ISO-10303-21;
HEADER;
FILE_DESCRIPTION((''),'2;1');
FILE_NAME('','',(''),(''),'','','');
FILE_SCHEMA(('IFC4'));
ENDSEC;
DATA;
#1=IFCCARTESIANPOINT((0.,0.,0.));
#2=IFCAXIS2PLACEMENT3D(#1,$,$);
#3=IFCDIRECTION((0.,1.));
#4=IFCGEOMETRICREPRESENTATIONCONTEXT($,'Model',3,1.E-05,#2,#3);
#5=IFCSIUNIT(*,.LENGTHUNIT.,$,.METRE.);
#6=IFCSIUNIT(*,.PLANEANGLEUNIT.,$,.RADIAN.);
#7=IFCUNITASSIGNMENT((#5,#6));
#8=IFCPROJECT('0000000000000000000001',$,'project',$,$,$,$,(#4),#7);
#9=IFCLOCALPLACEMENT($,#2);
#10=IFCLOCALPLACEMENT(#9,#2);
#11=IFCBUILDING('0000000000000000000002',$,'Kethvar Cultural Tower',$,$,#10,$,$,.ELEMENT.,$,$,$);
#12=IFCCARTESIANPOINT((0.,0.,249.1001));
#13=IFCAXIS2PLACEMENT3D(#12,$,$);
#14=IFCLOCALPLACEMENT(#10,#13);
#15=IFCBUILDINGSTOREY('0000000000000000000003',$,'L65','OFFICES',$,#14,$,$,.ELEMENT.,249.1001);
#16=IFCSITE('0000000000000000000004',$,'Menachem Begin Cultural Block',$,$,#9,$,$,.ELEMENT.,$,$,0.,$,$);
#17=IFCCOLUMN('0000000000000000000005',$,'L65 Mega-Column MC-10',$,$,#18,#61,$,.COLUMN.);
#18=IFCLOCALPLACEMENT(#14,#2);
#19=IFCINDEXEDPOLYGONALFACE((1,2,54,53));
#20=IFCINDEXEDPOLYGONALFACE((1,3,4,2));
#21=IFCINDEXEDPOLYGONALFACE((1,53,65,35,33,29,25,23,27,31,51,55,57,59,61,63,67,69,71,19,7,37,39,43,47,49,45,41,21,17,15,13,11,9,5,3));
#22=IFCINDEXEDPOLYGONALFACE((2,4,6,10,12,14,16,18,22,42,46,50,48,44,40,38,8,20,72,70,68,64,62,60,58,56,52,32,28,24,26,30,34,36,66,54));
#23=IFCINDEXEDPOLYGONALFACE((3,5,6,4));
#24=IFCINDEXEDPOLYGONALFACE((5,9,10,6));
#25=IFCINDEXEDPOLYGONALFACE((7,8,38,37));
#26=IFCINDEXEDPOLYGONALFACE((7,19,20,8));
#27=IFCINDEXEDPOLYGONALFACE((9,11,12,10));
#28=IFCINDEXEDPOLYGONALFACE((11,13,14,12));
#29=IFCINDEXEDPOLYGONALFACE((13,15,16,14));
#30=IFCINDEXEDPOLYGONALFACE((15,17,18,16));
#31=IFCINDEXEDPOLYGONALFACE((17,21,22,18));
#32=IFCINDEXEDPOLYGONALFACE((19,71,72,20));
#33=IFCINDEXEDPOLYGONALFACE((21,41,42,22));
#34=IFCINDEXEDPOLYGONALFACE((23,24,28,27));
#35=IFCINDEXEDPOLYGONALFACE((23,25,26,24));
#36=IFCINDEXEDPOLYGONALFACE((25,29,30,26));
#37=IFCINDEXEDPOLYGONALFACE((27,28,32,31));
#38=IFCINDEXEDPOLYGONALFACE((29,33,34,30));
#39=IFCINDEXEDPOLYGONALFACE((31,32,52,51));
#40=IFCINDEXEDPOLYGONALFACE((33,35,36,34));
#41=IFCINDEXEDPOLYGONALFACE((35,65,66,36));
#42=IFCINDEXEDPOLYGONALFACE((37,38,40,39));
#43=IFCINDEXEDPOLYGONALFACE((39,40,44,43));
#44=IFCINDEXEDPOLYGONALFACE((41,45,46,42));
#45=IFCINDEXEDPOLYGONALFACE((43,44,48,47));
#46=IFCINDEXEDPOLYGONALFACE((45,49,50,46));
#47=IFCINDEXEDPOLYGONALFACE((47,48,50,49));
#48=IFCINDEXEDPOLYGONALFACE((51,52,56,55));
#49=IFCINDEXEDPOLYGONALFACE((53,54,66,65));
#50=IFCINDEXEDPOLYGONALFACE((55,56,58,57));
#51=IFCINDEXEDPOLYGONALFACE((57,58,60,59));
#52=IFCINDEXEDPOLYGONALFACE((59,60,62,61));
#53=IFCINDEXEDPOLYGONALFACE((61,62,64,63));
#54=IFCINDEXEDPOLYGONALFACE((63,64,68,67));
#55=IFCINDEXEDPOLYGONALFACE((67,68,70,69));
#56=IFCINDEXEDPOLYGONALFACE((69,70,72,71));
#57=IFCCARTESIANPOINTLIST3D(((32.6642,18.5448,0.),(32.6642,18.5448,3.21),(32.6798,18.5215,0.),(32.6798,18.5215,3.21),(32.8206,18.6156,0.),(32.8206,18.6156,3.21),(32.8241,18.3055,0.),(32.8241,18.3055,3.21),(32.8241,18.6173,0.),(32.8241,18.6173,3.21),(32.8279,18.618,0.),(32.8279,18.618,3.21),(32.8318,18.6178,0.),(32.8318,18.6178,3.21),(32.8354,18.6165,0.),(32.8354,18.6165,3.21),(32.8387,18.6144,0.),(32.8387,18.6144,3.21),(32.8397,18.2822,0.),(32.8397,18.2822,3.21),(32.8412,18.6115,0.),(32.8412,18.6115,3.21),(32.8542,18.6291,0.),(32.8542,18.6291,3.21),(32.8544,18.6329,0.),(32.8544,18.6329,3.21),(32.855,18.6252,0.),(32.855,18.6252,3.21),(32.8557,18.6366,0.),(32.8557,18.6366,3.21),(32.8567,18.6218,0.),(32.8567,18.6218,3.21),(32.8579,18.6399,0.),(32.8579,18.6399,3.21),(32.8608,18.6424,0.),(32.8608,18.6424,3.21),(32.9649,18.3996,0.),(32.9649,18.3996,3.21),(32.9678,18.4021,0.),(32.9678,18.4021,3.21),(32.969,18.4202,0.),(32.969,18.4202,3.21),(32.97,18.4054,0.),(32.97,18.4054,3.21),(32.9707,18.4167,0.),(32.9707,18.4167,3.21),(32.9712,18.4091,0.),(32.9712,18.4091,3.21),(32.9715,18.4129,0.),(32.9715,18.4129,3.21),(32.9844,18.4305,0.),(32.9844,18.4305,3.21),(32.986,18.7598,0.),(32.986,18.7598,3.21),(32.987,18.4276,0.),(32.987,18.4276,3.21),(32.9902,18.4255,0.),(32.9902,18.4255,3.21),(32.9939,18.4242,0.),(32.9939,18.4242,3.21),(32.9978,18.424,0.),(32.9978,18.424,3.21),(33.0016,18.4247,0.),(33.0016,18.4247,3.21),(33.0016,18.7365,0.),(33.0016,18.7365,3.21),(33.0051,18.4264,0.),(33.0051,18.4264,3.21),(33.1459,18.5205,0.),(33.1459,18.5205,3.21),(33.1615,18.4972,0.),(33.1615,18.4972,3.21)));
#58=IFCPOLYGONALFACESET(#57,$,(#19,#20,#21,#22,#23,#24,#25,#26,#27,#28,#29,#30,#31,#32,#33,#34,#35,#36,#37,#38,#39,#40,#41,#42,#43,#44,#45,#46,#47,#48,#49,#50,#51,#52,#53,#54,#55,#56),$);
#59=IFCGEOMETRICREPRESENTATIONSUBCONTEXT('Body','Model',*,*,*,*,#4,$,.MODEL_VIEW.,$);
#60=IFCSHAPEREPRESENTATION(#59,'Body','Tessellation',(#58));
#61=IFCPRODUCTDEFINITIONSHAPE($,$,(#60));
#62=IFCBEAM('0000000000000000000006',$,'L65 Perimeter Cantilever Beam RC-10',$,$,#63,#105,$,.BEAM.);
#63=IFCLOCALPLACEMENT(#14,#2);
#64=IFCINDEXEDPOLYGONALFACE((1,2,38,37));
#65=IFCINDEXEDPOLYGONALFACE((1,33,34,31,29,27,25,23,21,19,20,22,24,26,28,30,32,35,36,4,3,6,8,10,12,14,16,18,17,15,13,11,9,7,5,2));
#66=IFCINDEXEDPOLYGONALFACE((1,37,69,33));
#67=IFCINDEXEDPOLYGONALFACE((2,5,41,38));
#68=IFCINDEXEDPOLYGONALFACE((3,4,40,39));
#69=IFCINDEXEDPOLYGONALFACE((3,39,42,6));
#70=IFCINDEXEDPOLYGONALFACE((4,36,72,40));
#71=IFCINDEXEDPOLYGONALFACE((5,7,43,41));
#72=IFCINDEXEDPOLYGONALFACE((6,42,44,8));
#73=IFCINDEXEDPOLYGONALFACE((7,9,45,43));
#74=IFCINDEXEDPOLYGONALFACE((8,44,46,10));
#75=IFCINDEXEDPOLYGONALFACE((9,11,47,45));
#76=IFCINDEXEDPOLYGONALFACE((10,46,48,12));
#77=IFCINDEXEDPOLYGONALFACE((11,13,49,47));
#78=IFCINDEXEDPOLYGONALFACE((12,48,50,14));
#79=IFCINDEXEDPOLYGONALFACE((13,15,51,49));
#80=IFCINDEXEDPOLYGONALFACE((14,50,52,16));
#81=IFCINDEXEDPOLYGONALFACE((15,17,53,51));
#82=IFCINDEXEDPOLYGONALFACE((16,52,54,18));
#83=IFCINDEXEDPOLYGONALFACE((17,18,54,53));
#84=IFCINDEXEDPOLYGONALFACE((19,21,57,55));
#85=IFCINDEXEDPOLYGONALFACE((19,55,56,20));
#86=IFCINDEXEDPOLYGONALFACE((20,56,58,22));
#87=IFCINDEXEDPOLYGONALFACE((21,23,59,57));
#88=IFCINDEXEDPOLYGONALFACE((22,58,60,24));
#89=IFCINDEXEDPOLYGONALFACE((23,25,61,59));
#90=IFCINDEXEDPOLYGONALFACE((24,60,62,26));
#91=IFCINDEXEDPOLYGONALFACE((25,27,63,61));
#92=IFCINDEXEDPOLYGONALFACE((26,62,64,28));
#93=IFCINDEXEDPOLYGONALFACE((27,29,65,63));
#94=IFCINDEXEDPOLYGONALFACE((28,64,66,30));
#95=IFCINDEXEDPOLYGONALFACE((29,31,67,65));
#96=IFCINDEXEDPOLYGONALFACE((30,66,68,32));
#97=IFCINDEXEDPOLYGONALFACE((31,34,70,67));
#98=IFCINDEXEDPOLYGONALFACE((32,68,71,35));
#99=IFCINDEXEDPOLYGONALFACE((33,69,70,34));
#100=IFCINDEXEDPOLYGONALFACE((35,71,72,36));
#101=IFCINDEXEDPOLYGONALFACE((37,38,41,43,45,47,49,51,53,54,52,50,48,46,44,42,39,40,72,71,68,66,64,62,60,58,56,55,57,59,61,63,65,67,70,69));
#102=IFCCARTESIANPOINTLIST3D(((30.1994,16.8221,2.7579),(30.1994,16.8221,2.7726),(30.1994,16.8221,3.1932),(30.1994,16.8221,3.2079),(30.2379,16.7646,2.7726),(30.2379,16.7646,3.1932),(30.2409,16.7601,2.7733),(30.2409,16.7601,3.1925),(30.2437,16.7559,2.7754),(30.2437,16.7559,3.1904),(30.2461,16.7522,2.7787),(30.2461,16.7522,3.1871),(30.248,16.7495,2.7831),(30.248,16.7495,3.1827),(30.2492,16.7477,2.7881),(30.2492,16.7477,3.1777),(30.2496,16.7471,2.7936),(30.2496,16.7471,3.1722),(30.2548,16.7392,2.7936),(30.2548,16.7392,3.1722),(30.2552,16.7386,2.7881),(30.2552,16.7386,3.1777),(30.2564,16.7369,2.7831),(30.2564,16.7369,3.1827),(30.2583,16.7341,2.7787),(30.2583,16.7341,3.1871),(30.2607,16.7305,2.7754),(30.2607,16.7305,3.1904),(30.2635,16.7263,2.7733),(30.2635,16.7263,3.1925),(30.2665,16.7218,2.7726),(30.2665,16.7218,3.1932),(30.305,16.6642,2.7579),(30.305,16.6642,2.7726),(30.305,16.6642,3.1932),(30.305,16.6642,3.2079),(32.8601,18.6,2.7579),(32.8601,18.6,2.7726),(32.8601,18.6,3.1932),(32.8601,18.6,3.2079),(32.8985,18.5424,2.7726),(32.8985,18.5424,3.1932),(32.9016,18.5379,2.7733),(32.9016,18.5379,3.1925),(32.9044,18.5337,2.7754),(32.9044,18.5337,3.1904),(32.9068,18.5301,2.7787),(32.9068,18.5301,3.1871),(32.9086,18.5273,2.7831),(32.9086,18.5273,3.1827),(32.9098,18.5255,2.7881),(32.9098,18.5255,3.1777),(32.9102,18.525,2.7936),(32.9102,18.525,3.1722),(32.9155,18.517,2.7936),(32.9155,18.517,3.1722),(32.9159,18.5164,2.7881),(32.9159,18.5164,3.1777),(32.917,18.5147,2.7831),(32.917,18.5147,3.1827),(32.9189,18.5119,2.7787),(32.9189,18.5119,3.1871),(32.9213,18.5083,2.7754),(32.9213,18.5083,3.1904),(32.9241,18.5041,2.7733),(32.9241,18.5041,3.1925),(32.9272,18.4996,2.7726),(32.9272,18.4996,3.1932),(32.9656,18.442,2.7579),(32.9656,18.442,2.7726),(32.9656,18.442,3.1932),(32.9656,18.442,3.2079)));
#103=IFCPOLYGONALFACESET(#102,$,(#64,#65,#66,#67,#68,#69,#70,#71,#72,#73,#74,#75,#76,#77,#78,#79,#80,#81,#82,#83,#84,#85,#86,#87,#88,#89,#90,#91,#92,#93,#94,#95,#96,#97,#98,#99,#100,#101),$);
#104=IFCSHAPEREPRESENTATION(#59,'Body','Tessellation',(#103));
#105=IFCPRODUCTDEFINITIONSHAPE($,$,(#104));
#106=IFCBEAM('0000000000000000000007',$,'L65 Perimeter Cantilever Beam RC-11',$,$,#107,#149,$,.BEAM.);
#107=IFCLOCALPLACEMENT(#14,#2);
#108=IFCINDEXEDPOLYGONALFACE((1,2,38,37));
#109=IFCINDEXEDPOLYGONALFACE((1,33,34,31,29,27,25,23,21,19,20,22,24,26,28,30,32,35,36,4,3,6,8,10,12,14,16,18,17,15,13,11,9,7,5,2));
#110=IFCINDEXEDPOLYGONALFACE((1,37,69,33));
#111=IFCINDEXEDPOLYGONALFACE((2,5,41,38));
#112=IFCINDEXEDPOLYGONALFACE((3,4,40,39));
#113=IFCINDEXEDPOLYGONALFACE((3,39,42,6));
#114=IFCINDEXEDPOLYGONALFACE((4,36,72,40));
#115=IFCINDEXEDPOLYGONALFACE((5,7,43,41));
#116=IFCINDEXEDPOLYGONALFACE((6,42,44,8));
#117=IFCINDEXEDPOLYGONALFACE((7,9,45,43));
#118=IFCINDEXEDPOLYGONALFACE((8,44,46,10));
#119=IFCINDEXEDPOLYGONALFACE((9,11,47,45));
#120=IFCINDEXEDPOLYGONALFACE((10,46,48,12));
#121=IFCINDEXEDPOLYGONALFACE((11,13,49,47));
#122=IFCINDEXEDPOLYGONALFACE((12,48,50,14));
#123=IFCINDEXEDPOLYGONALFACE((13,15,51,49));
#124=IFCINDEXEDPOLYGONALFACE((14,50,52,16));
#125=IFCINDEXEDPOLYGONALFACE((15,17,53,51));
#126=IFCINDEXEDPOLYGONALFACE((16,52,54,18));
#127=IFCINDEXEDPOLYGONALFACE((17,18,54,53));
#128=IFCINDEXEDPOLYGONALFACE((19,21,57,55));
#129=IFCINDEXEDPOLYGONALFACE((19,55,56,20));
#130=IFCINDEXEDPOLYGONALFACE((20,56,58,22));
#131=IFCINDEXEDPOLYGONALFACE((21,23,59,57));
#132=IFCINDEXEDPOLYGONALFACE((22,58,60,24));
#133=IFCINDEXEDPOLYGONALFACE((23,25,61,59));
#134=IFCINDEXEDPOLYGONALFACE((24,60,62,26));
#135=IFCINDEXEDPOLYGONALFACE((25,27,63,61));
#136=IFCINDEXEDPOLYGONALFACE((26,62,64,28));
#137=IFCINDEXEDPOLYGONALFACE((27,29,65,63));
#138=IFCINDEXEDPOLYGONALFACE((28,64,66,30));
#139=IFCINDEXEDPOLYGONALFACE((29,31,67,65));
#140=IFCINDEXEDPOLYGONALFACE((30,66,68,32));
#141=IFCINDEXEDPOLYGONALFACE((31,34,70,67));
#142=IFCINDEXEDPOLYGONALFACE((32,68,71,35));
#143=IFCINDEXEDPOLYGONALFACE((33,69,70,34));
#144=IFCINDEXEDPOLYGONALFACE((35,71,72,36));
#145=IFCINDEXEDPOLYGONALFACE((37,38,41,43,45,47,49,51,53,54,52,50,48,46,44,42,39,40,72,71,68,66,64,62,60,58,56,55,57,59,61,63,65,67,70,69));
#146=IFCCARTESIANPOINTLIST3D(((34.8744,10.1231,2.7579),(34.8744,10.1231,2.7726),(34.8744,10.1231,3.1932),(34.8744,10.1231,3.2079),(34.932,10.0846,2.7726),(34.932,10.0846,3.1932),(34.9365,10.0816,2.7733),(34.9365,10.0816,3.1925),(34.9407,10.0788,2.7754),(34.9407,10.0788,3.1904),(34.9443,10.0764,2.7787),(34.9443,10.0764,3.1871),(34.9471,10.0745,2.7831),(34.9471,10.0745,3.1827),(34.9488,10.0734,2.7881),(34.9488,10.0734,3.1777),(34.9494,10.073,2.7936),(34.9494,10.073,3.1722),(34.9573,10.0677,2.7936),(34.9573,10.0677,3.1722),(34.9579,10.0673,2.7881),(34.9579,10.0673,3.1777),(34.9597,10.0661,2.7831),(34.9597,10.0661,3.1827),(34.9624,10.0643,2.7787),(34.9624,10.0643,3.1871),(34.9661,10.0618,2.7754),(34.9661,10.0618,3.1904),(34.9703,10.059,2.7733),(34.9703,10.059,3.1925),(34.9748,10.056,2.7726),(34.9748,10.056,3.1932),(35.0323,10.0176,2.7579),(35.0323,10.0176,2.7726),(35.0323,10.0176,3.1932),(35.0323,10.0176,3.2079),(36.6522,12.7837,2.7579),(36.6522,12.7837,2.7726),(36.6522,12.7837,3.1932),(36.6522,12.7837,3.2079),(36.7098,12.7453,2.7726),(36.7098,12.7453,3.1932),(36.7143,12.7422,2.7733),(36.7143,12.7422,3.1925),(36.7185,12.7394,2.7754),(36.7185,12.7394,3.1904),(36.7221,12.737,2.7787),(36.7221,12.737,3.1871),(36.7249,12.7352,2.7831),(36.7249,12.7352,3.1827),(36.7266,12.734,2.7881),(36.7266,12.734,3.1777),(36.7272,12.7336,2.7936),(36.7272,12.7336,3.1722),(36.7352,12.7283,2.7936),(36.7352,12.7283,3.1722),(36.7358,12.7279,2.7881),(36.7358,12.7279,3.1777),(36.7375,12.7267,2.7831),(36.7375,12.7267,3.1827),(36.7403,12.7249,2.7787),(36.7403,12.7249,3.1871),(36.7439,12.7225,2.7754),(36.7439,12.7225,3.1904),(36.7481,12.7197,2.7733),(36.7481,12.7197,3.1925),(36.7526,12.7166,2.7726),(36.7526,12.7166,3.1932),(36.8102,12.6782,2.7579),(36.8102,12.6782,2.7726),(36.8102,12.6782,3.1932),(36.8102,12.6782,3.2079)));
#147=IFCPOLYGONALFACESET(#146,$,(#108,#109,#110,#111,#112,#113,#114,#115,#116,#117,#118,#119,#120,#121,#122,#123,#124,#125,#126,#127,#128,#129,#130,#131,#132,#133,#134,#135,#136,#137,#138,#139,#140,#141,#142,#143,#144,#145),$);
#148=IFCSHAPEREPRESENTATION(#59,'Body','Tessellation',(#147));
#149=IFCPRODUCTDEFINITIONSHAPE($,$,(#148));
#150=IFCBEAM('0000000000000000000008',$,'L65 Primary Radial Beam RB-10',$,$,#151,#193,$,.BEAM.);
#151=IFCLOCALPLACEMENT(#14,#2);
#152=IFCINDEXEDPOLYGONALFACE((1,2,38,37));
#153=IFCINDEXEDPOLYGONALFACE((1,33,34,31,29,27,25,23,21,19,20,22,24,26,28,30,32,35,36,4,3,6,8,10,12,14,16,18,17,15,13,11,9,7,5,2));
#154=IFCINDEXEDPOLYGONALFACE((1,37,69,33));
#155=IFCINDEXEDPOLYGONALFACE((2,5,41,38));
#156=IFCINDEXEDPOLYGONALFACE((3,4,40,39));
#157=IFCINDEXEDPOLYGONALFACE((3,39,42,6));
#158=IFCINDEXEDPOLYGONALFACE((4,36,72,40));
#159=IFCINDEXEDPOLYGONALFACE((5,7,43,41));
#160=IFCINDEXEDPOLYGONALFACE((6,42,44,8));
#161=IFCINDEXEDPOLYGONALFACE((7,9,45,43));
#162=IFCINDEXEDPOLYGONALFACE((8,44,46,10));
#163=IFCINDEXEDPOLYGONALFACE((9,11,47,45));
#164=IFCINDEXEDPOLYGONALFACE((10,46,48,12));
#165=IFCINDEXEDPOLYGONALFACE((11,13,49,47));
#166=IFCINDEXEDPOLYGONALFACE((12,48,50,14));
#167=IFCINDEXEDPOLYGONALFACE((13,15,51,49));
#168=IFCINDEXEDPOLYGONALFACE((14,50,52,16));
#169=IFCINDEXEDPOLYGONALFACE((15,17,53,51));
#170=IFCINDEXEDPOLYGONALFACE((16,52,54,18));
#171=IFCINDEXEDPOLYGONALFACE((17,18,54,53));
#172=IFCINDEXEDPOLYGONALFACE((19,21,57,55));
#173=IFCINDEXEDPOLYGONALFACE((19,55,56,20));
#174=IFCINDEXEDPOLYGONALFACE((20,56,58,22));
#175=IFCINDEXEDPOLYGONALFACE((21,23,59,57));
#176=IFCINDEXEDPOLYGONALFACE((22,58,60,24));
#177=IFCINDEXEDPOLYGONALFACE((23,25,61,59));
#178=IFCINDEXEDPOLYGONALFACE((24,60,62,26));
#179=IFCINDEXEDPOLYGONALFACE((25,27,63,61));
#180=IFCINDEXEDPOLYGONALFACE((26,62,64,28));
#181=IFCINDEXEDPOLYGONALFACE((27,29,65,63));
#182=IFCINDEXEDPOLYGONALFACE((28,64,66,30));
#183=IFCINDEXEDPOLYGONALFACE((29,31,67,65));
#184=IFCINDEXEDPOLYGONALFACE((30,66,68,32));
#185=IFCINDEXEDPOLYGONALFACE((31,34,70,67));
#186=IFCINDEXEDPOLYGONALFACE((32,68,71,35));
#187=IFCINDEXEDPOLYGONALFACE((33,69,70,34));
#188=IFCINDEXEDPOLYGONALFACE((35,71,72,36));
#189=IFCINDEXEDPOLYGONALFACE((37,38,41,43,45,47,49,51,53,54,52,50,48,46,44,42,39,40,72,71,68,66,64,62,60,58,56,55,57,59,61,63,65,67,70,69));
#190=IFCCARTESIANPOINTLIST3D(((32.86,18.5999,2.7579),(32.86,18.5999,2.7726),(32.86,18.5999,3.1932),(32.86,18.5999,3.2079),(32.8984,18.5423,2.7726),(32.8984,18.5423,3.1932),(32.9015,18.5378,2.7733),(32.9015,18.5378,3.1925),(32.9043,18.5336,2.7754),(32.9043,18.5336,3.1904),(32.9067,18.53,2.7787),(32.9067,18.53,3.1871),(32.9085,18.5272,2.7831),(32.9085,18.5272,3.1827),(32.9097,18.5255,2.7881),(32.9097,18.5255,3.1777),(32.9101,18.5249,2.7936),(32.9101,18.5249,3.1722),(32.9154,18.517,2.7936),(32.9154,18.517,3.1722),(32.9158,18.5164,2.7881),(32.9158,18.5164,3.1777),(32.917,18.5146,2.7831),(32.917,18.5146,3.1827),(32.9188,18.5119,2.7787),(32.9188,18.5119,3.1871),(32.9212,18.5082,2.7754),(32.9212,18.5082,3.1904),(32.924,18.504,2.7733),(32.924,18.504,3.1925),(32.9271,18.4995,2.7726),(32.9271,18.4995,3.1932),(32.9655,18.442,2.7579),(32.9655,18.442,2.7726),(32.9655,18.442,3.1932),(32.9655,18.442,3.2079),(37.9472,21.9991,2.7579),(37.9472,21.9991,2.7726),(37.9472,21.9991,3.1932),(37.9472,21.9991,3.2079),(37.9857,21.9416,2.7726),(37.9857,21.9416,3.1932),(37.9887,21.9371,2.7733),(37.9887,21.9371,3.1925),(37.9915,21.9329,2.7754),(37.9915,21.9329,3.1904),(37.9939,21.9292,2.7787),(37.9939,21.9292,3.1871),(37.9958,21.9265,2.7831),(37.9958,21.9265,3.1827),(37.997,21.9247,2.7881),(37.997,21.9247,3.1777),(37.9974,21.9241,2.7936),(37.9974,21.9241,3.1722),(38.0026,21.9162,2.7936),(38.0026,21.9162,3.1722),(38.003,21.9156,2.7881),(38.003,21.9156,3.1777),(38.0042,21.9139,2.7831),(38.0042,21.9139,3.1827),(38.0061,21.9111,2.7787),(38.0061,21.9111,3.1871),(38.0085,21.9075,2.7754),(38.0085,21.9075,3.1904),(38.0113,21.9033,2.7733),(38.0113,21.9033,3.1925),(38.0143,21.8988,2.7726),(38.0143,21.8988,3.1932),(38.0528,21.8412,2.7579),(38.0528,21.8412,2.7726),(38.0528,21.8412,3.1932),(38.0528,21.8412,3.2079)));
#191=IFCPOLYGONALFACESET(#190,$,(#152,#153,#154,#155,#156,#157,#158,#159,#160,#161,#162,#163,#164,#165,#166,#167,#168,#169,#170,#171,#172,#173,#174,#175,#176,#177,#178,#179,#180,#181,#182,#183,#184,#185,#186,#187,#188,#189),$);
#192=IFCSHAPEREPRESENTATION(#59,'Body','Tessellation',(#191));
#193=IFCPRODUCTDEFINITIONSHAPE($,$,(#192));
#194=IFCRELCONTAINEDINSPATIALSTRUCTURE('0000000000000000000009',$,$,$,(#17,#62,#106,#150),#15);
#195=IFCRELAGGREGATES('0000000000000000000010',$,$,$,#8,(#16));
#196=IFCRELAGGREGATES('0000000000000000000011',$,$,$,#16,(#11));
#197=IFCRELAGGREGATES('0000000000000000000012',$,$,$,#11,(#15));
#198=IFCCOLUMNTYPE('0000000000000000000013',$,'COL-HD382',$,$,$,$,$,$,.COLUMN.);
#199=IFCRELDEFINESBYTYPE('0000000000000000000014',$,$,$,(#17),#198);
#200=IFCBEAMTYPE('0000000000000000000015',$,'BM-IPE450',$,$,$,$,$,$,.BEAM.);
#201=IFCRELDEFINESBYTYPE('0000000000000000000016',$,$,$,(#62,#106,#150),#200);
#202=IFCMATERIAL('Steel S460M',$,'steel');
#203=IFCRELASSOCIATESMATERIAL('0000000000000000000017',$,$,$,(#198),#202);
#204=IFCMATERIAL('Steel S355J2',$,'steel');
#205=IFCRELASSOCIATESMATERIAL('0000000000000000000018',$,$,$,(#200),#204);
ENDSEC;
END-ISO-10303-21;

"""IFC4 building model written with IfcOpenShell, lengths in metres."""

from ifc_helpers import new_model, si_unit, direction, frame, origin, origin_2d, place, context, subcontext, project, spatial, i_section, extrude, source, transform, mapped, material, material_profile, profile_set, type_object, element, save


model = new_model("IFC4")

# Units and contexts
model_context = context("Model", 3, precision=1e-05, world=origin(), true_north=direction((0.0, 1.0)))
body_context = subcontext(model_context, "Body", "Model", "MODEL_VIEW")
ifc_project = project(units=[si_unit("LENGTHUNIT", "METRE"), si_unit("PLANEANGLEUNIT", "RADIAN")], contexts=[model_context])

# Site, building, storey
site_placement = place(None, origin())
site = spatial("IfcSite", under=ifc_project, at=site_placement, Name="Menachem Begin Cultural Block", CompositionType="ELEMENT", RefElevation=0.0)
building_placement = place(site_placement, origin())
building = spatial("IfcBuilding", under=site, at=building_placement, Name="Kethvar Cultural Tower", CompositionType="ELEMENT")
storey_placement = place(building_placement, frame((0.0, 0.0, 249.1001)))
storey = spatial("IfcBuildingStorey", under=building, at=storey_placement, Name="L65", Description="OFFICES", CompositionType="ELEMENT", Elevation=249.1001)

# Column
ifc_material_1 = material(Name="Steel S460M", Category="steel")
ifc_material_profile_1 = material_profile(ifc_material_1, i_section(OverallWidth=0.387, OverallDepth=0.3159, WebThickness=0.0186, FlangeThickness=0.0281, FilletRadius=0.0149, at=origin_2d()), Name="Steel S460M — HD400x382")
ifc_profile_set_1 = profile_set([ifc_material_profile_1], Name="Steel S460M — HD400x382")
column_type = type_object("IfcColumnType", Name="COL-HD382", PredefinedType="COLUMN", material=ifc_profile_set_1)
shared_shape_1 = source(origin(), body_context, "Body", "SweptSolid", [
    extrude(i_section(OverallWidth=0.387, OverallDepth=0.3159, WebThickness=0.0186, FlangeThickness=0.0281, FilletRadius=0.0149, at=origin_2d()), origin(), (0.0, 0.0, 1.0), 3.21),
])
column_placement = place(storey_placement, frame((32.9128, 18.521, 0.0), z_axis=(0.0, 0.0, 1.0), x_axis=(-0.83147, -0.55557, 0.0)))
element("IfcColumn", 1, at=column_placement, inside=storey, type_object=column_type, Name="L65 Mega-Column MC-10", PredefinedType="COLUMN", context=body_context, shape_type="MappedRepresentation", body=[
    mapped(shared_shape_1, transform((0.0, 0.0, 0.0), scale=1.0)),
])

# Beams
ifc_material_2 = material(Name="Steel S355J2", Category="steel")
ifc_material_profile_2 = material_profile(ifc_material_2, i_section(OverallWidth=0.1899, OverallDepth=0.45, WebThickness=0.0095, FlangeThickness=0.0146, FilletRadius=0.021, at=origin_2d()), Name="Steel S355J2 — IPE450")
ifc_profile_set_2 = profile_set([ifc_material_profile_2], Name="Steel S355J2 — IPE450")
beam_type_1 = type_object("IfcBeamType", Name="BM-IPE450", PredefinedType="BEAM", material=ifc_profile_set_2)
shared_shape_2 = source(origin(), body_context, "Body", "SweptSolid", [
    extrude(i_section(OverallWidth=0.1899, OverallDepth=0.45, WebThickness=0.0095, FlangeThickness=0.0146, FilletRadius=0.021, at=origin_2d()), origin(), (0.0, 0.0, 1.0), 3.2),
])
for number, where, z_axis, x_axis, name in (
    (2, (32.9128, 18.521, 2.9829), (-0.831463, -0.55558, 0.0), (0.55558, -0.831463, 0.0), "L65 Perimeter Cantilever Beam RC-10"),
    (3, (36.7312, 12.731, 2.9829), (-0.55558, -0.831463, 0.0), (0.831463, -0.55558, 0.0), "L65 Perimeter Cantilever Beam RC-11"),
):
    element("IfcBeam", number, at=place(storey_placement, frame(where, z_axis=z_axis, x_axis=x_axis)), inside=storey, type_object=beam_type_1, Name=name, PredefinedType="BEAM", context=body_context, shape_type="MappedRepresentation", body=[
        mapped(shared_shape_2, transform((0.0, 0.0, 0.0), scale=1.0)),
    ])
shared_shape_3 = source(origin(), body_context, "Body", "SweptSolid", [
    extrude(i_section(OverallWidth=0.1899, OverallDepth=0.45, WebThickness=0.0095, FlangeThickness=0.0146, FilletRadius=0.021, at=origin_2d()), origin(), (0.0, 0.0, 1.0), 6.1184),
])
beam_1_placement = place(storey_placement, frame((38.0, 21.9202, 2.9829), z_axis=(-0.831467, -0.555575, 0.0), x_axis=(0.555575, -0.831467, 0.0)))
element("IfcBeam", 4, at=beam_1_placement, inside=storey, type_object=beam_type_1, Name="L65 Primary Radial Beam RB-10", PredefinedType="BEAM", context=body_context, shape_type="MappedRepresentation", body=[
    mapped(shared_shape_3, transform((0.0, 0.0, 0.0), scale=1.0)),
])

save(model, "model.ifc")
